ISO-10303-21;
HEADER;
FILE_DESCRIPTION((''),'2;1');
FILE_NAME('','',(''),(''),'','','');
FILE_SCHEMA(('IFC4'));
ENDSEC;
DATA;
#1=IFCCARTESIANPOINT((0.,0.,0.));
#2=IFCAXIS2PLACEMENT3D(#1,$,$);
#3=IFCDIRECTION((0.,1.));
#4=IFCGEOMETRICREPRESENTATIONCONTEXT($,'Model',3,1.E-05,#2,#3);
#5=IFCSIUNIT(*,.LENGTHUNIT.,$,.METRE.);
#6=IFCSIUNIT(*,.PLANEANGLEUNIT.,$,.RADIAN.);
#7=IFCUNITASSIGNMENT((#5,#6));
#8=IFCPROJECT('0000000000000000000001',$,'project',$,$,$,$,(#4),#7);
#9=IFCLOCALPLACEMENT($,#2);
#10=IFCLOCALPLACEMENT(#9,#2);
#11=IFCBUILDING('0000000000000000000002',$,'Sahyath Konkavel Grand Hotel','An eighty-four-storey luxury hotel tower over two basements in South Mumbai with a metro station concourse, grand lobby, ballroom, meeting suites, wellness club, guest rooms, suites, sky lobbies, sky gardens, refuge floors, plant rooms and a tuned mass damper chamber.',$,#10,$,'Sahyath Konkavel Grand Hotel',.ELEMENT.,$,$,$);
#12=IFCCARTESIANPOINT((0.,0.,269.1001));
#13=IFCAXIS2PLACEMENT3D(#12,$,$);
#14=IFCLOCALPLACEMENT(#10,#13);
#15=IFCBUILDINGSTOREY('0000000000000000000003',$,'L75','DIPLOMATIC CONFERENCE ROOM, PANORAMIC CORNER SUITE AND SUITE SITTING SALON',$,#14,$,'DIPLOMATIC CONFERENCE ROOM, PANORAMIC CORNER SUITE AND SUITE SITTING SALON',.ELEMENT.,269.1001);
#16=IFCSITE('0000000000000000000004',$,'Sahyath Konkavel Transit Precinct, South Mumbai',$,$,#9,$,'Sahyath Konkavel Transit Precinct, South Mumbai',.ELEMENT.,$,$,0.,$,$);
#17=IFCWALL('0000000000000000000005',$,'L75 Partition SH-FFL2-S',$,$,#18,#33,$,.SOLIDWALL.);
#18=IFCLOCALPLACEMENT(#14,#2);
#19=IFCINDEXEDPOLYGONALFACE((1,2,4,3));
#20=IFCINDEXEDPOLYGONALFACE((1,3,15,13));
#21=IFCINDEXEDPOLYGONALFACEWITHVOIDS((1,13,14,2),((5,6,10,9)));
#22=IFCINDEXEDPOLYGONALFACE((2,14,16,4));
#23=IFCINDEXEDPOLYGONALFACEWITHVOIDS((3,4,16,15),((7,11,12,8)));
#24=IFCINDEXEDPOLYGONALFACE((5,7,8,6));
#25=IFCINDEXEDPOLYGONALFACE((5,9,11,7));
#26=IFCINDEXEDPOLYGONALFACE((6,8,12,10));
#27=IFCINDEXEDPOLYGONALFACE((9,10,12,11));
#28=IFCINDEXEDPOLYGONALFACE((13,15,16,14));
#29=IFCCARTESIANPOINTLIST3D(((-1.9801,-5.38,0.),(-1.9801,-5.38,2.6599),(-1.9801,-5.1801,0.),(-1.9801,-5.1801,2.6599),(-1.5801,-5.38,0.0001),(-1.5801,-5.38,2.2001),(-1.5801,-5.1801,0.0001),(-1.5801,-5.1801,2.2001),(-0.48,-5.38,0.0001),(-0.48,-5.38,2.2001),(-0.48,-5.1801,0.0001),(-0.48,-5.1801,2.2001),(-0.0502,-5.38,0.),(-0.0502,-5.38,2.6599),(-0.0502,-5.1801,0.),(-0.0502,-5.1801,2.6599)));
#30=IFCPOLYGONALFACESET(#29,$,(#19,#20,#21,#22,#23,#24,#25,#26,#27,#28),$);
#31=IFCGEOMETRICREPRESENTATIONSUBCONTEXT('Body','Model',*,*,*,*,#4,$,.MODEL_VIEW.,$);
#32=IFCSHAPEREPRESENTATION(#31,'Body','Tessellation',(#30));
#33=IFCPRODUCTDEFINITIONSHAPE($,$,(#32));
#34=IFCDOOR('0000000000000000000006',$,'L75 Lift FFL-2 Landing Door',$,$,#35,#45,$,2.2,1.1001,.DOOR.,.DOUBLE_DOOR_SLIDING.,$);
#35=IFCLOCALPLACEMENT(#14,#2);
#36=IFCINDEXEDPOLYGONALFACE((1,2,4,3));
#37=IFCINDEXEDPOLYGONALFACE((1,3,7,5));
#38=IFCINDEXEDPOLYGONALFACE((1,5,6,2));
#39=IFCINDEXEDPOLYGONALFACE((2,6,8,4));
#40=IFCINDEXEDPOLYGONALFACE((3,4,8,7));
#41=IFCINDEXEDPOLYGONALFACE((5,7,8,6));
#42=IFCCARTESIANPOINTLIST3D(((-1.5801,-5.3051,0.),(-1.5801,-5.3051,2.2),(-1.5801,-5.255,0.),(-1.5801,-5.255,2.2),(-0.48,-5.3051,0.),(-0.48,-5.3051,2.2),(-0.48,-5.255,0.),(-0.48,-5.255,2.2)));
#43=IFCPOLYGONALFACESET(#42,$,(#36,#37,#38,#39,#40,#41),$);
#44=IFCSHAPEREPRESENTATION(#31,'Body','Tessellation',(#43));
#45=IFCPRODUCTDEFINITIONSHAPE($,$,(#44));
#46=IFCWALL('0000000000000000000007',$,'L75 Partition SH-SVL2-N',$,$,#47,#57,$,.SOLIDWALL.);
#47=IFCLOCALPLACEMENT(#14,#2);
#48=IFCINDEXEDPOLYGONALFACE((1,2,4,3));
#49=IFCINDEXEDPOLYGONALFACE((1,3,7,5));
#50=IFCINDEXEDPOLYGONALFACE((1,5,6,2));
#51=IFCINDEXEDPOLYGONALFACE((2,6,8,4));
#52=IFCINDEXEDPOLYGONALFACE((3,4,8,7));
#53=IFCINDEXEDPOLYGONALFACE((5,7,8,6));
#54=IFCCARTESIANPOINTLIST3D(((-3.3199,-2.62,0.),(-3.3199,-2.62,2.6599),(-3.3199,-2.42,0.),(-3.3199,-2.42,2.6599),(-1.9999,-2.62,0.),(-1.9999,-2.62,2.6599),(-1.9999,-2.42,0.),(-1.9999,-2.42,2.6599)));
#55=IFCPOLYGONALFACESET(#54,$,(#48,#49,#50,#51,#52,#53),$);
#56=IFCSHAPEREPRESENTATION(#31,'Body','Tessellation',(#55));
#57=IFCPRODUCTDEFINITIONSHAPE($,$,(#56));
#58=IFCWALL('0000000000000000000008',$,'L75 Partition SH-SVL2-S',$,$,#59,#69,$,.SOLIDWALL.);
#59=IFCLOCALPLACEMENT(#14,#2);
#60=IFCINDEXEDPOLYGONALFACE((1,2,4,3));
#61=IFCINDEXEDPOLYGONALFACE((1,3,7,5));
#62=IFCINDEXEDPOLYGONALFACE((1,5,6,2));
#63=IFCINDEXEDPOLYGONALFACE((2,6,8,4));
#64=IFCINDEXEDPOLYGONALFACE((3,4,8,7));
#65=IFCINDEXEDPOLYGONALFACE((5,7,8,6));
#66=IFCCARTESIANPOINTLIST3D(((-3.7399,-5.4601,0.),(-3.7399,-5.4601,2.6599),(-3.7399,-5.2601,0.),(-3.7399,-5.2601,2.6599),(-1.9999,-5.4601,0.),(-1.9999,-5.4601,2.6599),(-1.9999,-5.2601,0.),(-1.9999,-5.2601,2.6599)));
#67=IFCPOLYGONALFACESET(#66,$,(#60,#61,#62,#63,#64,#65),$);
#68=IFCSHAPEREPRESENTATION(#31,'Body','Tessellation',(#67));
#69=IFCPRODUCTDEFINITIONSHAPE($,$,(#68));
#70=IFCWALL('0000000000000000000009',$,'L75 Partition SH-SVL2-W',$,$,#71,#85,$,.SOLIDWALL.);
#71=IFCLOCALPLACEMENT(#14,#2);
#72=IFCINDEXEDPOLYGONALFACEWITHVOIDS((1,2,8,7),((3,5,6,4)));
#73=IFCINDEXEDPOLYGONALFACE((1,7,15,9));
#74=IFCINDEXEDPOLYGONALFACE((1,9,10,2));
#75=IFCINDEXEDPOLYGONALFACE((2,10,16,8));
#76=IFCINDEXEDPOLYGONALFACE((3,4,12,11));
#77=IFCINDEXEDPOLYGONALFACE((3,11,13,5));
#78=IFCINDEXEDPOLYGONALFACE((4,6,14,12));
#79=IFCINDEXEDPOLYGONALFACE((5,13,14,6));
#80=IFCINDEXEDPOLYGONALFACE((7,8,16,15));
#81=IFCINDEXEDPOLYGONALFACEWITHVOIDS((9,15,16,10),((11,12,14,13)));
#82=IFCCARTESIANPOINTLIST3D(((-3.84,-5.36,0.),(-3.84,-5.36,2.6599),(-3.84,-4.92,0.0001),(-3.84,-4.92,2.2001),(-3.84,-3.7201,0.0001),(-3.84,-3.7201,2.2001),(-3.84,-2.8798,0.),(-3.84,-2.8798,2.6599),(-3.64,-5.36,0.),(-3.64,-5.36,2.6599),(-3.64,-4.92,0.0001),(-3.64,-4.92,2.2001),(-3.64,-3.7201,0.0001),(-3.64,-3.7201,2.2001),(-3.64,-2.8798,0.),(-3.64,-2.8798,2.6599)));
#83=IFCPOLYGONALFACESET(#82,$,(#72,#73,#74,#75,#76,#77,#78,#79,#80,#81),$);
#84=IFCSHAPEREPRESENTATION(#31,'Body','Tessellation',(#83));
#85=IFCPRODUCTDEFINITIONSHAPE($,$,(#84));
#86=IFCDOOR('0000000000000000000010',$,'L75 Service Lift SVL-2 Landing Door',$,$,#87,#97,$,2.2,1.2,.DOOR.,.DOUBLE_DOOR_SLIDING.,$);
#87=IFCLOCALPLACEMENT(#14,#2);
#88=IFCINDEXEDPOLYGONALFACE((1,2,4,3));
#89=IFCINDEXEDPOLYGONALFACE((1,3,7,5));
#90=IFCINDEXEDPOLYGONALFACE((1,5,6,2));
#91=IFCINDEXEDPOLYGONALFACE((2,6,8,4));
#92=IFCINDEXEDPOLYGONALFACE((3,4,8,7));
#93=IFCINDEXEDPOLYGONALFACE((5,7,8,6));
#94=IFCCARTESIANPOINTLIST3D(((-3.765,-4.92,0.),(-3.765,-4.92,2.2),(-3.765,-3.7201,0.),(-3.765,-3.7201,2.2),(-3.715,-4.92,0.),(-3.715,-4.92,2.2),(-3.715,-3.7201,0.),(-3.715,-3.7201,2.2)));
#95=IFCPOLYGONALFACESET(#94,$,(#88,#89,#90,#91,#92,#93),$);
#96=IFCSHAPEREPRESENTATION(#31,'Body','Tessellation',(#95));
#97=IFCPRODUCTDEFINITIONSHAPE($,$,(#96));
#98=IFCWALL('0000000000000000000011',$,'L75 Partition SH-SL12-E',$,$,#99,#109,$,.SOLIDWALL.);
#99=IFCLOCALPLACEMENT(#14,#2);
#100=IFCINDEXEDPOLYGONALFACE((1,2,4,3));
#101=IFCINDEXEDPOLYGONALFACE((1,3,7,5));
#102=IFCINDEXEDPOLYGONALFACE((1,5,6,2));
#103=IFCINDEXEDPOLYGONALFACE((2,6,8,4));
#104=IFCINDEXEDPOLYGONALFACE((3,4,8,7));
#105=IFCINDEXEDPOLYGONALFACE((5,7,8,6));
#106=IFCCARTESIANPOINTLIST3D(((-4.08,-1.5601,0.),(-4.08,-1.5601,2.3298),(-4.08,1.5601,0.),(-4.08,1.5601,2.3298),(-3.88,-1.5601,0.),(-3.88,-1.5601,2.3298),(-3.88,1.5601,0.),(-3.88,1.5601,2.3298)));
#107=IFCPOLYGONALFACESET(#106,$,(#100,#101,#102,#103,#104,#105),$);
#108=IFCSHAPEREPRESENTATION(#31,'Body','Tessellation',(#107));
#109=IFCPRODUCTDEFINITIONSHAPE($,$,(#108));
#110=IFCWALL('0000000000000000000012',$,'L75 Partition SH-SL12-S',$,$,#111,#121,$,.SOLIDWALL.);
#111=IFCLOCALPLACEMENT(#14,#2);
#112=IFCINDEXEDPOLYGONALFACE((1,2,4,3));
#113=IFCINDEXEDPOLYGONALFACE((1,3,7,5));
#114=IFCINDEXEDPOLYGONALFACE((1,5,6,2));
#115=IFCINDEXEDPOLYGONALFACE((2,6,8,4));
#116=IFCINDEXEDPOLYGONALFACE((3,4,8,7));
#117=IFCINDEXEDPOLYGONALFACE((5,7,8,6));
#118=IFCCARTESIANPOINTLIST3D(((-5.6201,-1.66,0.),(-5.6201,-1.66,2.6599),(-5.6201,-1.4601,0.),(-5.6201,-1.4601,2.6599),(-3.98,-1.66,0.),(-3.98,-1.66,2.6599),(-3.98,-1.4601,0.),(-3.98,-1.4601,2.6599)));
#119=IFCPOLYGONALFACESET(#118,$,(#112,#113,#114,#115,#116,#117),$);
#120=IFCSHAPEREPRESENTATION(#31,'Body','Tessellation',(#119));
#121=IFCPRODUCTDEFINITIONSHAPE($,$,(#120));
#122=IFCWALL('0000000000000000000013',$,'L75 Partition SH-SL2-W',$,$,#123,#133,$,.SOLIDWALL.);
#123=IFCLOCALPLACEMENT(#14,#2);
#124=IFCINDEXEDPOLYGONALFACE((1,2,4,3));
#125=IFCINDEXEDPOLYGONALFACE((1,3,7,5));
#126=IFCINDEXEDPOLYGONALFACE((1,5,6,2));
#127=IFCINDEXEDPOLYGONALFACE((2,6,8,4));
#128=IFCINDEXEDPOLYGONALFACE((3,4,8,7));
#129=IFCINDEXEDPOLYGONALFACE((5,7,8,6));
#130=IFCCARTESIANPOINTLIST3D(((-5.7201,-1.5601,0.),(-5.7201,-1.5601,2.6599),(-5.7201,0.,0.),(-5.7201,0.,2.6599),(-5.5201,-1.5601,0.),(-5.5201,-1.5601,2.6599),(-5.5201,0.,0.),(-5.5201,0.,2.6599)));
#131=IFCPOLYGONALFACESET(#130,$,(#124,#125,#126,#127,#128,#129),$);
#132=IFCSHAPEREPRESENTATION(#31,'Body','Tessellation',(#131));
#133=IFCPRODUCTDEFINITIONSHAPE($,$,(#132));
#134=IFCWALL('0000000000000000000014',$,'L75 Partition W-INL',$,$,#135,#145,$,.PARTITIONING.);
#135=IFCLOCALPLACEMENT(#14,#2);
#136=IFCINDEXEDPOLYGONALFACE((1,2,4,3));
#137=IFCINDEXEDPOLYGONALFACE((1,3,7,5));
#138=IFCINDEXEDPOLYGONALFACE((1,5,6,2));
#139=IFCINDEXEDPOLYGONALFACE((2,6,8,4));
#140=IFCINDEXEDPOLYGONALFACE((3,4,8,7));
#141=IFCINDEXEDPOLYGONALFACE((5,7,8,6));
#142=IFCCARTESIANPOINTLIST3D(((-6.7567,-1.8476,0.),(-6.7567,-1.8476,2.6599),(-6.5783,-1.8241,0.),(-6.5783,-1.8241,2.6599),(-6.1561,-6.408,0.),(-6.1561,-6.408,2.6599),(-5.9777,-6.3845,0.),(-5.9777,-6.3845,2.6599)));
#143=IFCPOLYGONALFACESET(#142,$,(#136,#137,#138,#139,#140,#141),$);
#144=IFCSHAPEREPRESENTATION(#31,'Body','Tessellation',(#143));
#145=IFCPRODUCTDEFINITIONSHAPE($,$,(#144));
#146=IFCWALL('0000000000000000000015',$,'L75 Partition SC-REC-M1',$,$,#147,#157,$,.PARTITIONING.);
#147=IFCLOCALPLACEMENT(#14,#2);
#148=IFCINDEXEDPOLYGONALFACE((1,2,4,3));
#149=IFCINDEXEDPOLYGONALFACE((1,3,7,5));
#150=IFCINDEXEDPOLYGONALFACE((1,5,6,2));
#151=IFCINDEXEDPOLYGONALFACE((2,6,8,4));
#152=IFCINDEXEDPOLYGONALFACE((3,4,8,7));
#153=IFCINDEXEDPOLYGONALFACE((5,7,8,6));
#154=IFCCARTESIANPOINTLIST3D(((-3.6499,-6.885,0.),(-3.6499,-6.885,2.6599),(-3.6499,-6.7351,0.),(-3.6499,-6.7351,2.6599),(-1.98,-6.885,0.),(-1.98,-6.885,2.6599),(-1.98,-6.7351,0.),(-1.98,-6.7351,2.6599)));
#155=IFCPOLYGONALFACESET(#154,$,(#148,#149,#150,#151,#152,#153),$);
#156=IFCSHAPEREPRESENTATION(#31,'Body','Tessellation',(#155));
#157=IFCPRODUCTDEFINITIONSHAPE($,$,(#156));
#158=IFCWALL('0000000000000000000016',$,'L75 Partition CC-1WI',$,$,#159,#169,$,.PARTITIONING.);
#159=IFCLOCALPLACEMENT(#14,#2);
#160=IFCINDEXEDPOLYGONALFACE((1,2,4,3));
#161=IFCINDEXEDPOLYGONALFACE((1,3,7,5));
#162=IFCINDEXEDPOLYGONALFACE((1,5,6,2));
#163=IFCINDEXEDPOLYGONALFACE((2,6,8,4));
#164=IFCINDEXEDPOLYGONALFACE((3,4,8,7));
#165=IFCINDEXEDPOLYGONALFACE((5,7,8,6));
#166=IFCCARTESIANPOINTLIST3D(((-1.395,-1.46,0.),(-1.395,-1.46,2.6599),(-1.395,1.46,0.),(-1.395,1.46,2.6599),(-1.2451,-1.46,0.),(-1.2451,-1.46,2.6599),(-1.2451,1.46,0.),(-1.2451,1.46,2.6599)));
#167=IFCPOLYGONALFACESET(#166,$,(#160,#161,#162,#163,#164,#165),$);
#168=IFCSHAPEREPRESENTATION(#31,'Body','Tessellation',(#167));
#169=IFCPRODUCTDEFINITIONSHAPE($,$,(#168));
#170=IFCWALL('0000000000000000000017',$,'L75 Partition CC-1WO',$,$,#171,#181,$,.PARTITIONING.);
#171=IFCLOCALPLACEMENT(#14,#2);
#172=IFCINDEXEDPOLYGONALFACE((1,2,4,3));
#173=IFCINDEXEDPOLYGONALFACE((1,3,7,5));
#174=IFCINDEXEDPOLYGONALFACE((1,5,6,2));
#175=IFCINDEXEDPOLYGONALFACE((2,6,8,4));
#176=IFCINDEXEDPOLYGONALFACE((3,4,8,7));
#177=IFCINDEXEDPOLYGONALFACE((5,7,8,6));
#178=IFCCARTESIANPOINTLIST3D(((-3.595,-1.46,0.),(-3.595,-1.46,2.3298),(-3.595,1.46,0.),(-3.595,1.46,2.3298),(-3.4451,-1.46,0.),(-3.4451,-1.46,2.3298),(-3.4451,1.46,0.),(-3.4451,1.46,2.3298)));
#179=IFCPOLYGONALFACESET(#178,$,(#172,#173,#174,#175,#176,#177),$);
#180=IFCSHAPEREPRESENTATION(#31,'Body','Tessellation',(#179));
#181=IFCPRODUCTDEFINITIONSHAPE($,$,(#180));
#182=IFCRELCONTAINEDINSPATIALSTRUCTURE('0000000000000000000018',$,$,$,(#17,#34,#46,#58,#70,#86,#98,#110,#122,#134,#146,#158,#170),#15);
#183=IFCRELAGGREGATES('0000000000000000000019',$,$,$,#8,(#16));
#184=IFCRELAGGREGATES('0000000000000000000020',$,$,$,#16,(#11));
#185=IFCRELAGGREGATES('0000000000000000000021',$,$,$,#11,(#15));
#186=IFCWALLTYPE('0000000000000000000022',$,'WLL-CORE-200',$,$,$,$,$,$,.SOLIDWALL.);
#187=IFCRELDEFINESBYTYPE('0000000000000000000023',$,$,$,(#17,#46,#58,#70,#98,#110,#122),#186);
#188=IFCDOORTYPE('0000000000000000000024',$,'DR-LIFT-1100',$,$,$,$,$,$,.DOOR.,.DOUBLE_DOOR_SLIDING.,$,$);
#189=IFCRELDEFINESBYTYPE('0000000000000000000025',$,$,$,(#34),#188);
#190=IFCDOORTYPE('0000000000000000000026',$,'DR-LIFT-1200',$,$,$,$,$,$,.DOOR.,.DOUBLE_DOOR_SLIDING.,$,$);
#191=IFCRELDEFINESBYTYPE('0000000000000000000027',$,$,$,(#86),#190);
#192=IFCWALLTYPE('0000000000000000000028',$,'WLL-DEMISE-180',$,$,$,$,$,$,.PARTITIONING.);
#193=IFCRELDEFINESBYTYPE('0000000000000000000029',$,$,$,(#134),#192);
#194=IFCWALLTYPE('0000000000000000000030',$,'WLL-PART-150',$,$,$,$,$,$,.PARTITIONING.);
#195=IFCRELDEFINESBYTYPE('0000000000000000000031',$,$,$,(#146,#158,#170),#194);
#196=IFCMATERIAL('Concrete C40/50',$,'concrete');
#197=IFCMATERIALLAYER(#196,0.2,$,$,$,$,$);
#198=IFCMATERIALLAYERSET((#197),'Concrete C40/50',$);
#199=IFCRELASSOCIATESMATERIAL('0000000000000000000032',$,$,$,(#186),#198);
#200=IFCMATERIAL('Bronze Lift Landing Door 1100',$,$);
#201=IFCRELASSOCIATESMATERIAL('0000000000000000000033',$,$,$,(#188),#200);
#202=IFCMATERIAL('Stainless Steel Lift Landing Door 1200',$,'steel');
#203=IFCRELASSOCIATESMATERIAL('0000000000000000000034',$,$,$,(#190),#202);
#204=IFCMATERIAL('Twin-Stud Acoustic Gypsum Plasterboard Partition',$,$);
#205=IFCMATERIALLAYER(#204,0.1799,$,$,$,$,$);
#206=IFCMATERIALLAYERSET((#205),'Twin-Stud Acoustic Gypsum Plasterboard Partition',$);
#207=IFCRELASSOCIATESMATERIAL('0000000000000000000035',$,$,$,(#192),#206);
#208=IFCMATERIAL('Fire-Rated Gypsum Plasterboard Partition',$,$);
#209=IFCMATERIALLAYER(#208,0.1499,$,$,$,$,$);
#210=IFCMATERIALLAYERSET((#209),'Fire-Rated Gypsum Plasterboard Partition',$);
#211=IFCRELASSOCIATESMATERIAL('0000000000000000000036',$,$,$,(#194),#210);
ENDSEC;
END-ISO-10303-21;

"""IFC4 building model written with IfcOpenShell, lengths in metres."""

from ifc_helpers import new_model, si_unit, direction, frame, frame_2d, origin, origin_2d, place, context, subcontext, project, spatial, rectangle, extrude, source, transform, mapped, material, layer, layer_set, type_object, element, fill, save


model = new_model("IFC4")

# Units and contexts
model_context = context("Model", 3, precision=1e-05, world=origin(), true_north=direction((0.0, 1.0)))
body_context = subcontext(model_context, "Body", "Model", "MODEL_VIEW")
ifc_project = project(units=[si_unit("LENGTHUNIT", "METRE"), si_unit("PLANEANGLEUNIT", "RADIAN")], contexts=[model_context])

# Site, building, storey
site_placement = place(None, origin())
site = spatial("IfcSite", under=ifc_project, at=site_placement, Name="Sahyath Konkavel Transit Precinct, South Mumbai", LongName="Sahyath Konkavel Transit Precinct, South Mumbai", CompositionType="ELEMENT", RefElevation=0.0)
building_placement = place(site_placement, origin())
building = spatial("IfcBuilding", under=site, at=building_placement, Name="Sahyath Konkavel Grand Hotel", Description="An eighty-four-storey luxury hotel tower over two basements in South Mumbai with a metro station concourse, grand lobby, ballroom, meeting suites, wellness club, guest rooms, suites, sky lobbies, sky gardens, refuge floors, plant rooms and a tuned mass damper chamber.", LongName="Sahyath Konkavel Grand Hotel", CompositionType="ELEMENT")
storey_placement = place(building_placement, frame((0.0, 0.0, 269.1001)))
storey = spatial("IfcBuildingStorey", under=building, at=storey_placement, Name="L75", Description="DIPLOMATIC CONFERENCE ROOM, PANORAMIC CORNER SUITE AND SUITE SITTING SALON", LongName="DIPLOMATIC CONFERENCE ROOM, PANORAMIC CORNER SUITE AND SUITE SITTING SALON", CompositionType="ELEMENT", Elevation=269.1001)

# Shared definitions
ifc_material_1 = material(Name="Concrete C40/50", Category="concrete")

# Shared definitions
ifc_layer_1 = layer(ifc_material_1, 0.2)
ifc_layer_set_1 = layer_set([ifc_layer_1], Name="Concrete C40/50")
wall_type_1 = type_object("IfcWallType", Name="WLL-CORE-200", PredefinedType="SOLIDWALL", material=ifc_layer_set_1)

# Wall, opening, door
wall_1_placement = place(storey_placement, frame((-1.98, -5.28, 0.0), z_axis=(0.0, 0.0, 1.0), x_axis=(1.0, 0.0, 0.0)))
wall_1 = element("IfcWall", 1, at=wall_1_placement, inside=storey, type_object=wall_type_1, Name="L75 Partition SH-FFL2-S", PredefinedType="SOLIDWALL", context=body_context, shape_type="SweptSolid", body=[
    extrude(rectangle(XDim=1.9299, YDim=0.2, at=frame_2d((0.9648, 0.0))), origin(), (0.0, 0.0, 1.0), 2.6599),
])
opening_1_placement = place(wall_1_placement, frame((0.3999, 0.0, 0.0)))
opening_1 = element("IfcOpeningElement", 2, at=opening_1_placement, cuts=wall_1, PredefinedType="OPENING", context=body_context, shape_type="SweptSolid", body=[
    extrude(rectangle(XDim=1.1001, YDim=2.2, at=frame_2d((0.55, 1.1001))), frame((0.0, 0.1099, 0.0), z_axis=(0.0, -1.0, 0.0), x_axis=(1.0, 0.0, 0.0)), (0.0, 0.0, 1.0), 0.22),
])
ifc_material_2 = material(Name="Bronze Lift Landing Door 1100")
door_type_1 = type_object("IfcDoorType", Name="DR-LIFT-1100", OperationType="DOUBLE_DOOR_SLIDING", PredefinedType="DOOR", material=ifc_material_2)
shared_shape_1 = source(origin(), body_context, "Body", "SweptSolid", [
    extrude(rectangle(XDim=1.1001, YDim=0.05, at=origin_2d()), origin(), (0.0, 0.0, 1.0), 2.2),
])
door_1_placement = place(opening_1_placement, frame((0.55, 0.0, 0.0)))
door_1 = element("IfcDoor", 3, at=door_1_placement, inside=storey, type_object=door_type_1, Name="L75 Lift FFL-2 Landing Door", OperationType="DOUBLE_DOOR_SLIDING", OverallHeight=2.2, OverallWidth=1.1001, PredefinedType="DOOR", context=body_context, shape_type="MappedRepresentation", body=[
    mapped(shared_shape_1, transform((0.0, 0.0, 0.0), scale=1.0)),
])
fill(opening_1, door_1)

# Walls
wall_2_placement = place(storey_placement, frame((-3.3201, -2.52, 0.0), z_axis=(0.0, 0.0, 1.0), x_axis=(1.0, 0.0, 0.0)))
element("IfcWall", 4, at=wall_2_placement, inside=storey, type_object=wall_type_1, Name="L75 Partition SH-SVL2-N", PredefinedType="SOLIDWALL", context=body_context, shape_type="SweptSolid", body=[
    extrude(rectangle(XDim=1.3201, YDim=0.2, at=frame_2d((0.6602, 0.0))), origin(), (0.0, 0.0, 1.0), 2.6599),
])
wall_3_placement = place(storey_placement, frame((-3.74, -5.3601, 0.0), z_axis=(0.0, 0.0, 1.0), x_axis=(1.0, 0.0, 0.0)))
element("IfcWall", 5, at=wall_3_placement, inside=storey, type_object=wall_type_1, Name="L75 Partition SH-SVL2-S", PredefinedType="SOLIDWALL", context=body_context, shape_type="SweptSolid", body=[
    extrude(rectangle(XDim=1.74, YDim=0.2, at=frame_2d((0.8701, 0.0))), origin(), (0.0, 0.0, 1.0), 2.6599),
])

# Wall, opening, door
wall_4_placement = place(storey_placement, frame((-3.74, -5.3601, 0.0), z_axis=(0.0, 0.0, 1.0), x_axis=(0.0, 1.0, 0.0)))
wall_4 = element("IfcWall", 6, at=wall_4_placement, inside=storey, type_object=wall_type_1, Name="L75 Partition SH-SVL2-W", PredefinedType="SOLIDWALL", context=body_context, shape_type="SweptSolid", body=[
    extrude(rectangle(XDim=2.4802, YDim=0.2, at=frame_2d((1.2402, 0.0))), origin(), (0.0, 0.0, 1.0), 2.6599),
])
opening_2_placement = place(wall_4_placement, frame((0.4399, 0.0, 0.0)))
opening_2 = element("IfcOpeningElement", 7, at=opening_2_placement, cuts=wall_4, PredefinedType="OPENING", context=body_context, shape_type="SweptSolid", body=[
    extrude(rectangle(XDim=1.2, YDim=2.2, at=frame_2d((0.6001, 1.1001))), frame((0.0, 0.1099, 0.0), z_axis=(0.0, -1.0, 0.0), x_axis=(1.0, 0.0, 0.0)), (0.0, 0.0, 1.0), 0.22),
])
ifc_material_3 = material(Name="Stainless Steel Lift Landing Door 1200", Category="steel")
door_type_2 = type_object("IfcDoorType", Name="DR-LIFT-1200", OperationType="DOUBLE_DOOR_SLIDING", PredefinedType="DOOR", material=ifc_material_3)
shared_shape_2 = source(origin(), body_context, "Body", "SweptSolid", [
    extrude(rectangle(XDim=1.2, YDim=0.05, at=origin_2d()), origin(), (0.0, 0.0, 1.0), 2.2),
])
door_2_placement = place(opening_2_placement, frame((0.6001, 0.0, 0.0)))
door_2 = element("IfcDoor", 8, at=door_2_placement, inside=storey, type_object=door_type_2, Name="L75 Service Lift SVL-2 Landing Door", OperationType="DOUBLE_DOOR_SLIDING", OverallHeight=2.2, OverallWidth=1.2, PredefinedType="DOOR", context=body_context, shape_type="MappedRepresentation", body=[
    mapped(shared_shape_2, transform((0.0, 0.0, 0.0), scale=1.0)),
])
fill(opening_2, door_2)

# Walls
wall_5_placement = place(storey_placement, frame((-3.98, -1.5601, 0.0), z_axis=(0.0, 0.0, 1.0), x_axis=(0.0, 1.0, 0.0)))
element("IfcWall", 9, at=wall_5_placement, inside=storey, type_object=wall_type_1, Name="L75 Partition SH-SL12-E", PredefinedType="SOLIDWALL", context=body_context, shape_type="SweptSolid", body=[
    extrude(rectangle(XDim=3.1201, YDim=0.2, at=frame_2d((1.5601, 0.0))), origin(), (0.0, 0.0, 1.0), 2.3298),
])
wall_6_placement = place(storey_placement, frame((-5.6201, -1.5601, 0.0), z_axis=(0.0, 0.0, 1.0), x_axis=(1.0, 0.0, 0.0)))
element("IfcWall", 10, at=wall_6_placement, inside=storey, type_object=wall_type_1, Name="L75 Partition SH-SL12-S", PredefinedType="SOLIDWALL", context=body_context, shape_type="SweptSolid", body=[
    extrude(rectangle(XDim=1.6401, YDim=0.2, at=frame_2d((0.8201, 0.0))), origin(), (0.0, 0.0, 1.0), 2.6599),
])
wall_7_placement = place(storey_placement, frame((-5.6201, -1.5601, 0.0), z_axis=(0.0, 0.0, 1.0), x_axis=(0.0, 1.0, 0.0)))
element("IfcWall", 11, at=wall_7_placement, inside=storey, type_object=wall_type_1, Name="L75 Partition SH-SL2-W", PredefinedType="SOLIDWALL", context=body_context, shape_type="SweptSolid", body=[
    extrude(rectangle(XDim=1.5601, YDim=0.2, at=frame_2d((0.78, 0.0))), origin(), (0.0, 0.0, 1.0), 2.6599),
])
ifc_material_4 = material(Name="Twin-Stud Acoustic Gypsum Plasterboard Partition")
ifc_layer_2 = layer(ifc_material_4, 0.1799)
ifc_layer_set_2 = layer_set([ifc_layer_2], Name="Twin-Stud Acoustic Gypsum Plasterboard Partition")
wall_type_2 = type_object("IfcWallType", Name="WLL-DEMISE-180", PredefinedType="PARTITIONING", material=ifc_layer_set_2)
wall_8_placement = place(storey_placement, frame((-6.6675, -1.8359, 0.0), z_axis=(0.0, 0.0, 1.0), x_axis=(0.130564, -0.99144, 0.0)))
element("IfcWall", 12, at=wall_8_placement, inside=storey, type_object=wall_type_2, Name="L75 Partition W-INL", PredefinedType="PARTITIONING", context=body_context, shape_type="SweptSolid", body=[
    extrude(rectangle(XDim=4.5999, YDim=0.1799, at=frame_2d((2.2998, 0.0))), origin(), (0.0, 0.0, 1.0), 2.6599),
])
ifc_material_5 = material(Name="Fire-Rated Gypsum Plasterboard Partition")
ifc_layer_3 = layer(ifc_material_5, 0.1499)
ifc_layer_set_3 = layer_set([ifc_layer_3], Name="Fire-Rated Gypsum Plasterboard Partition")
wall_type_3 = type_object("IfcWallType", Name="WLL-PART-150", PredefinedType="PARTITIONING", material=ifc_layer_set_3)
wall_9_placement = place(storey_placement, frame((-3.6499, -6.8101, 0.0), z_axis=(0.0, 0.0, 1.0), x_axis=(1.0, 0.0, 0.0)))
element("IfcWall", 13, at=wall_9_placement, inside=storey, type_object=wall_type_3, Name="L75 Partition SC-REC-M1", PredefinedType="PARTITIONING", context=body_context, shape_type="SweptSolid", body=[
    extrude(rectangle(XDim=1.6699, YDim=0.1499, at=frame_2d((0.835, 0.0))), origin(), (0.0, 0.0, 1.0), 2.6599),
])
wall_10_placement = place(storey_placement, frame((-1.3201, -1.46, 0.0), z_axis=(0.0, 0.0, 1.0), x_axis=(0.0, 1.0, 0.0)))
element("IfcWall", 14, at=wall_10_placement, inside=storey, type_object=wall_type_3, Name="L75 Partition CC-1WI", PredefinedType="PARTITIONING", context=body_context, shape_type="SweptSolid", body=[
    extrude(rectangle(XDim=2.9199, YDim=0.1499, at=frame_2d((1.46, 0.0))), origin(), (0.0, 0.0, 1.0), 2.6599),
])
wall_11_placement = place(storey_placement, frame((-3.52, -1.46, 0.0), z_axis=(0.0, 0.0, 1.0), x_axis=(0.0, 1.0, 0.0)))
element("IfcWall", 15, at=wall_11_placement, inside=storey, type_object=wall_type_3, Name="L75 Partition CC-1WO", PredefinedType="PARTITIONING", context=body_context, shape_type="SweptSolid", body=[
    extrude(rectangle(XDim=2.9199, YDim=0.1499, at=frame_2d((1.46, 0.0))), origin(), (0.0, 0.0, 1.0), 2.3298),
])

save(model, "model.ifc")
